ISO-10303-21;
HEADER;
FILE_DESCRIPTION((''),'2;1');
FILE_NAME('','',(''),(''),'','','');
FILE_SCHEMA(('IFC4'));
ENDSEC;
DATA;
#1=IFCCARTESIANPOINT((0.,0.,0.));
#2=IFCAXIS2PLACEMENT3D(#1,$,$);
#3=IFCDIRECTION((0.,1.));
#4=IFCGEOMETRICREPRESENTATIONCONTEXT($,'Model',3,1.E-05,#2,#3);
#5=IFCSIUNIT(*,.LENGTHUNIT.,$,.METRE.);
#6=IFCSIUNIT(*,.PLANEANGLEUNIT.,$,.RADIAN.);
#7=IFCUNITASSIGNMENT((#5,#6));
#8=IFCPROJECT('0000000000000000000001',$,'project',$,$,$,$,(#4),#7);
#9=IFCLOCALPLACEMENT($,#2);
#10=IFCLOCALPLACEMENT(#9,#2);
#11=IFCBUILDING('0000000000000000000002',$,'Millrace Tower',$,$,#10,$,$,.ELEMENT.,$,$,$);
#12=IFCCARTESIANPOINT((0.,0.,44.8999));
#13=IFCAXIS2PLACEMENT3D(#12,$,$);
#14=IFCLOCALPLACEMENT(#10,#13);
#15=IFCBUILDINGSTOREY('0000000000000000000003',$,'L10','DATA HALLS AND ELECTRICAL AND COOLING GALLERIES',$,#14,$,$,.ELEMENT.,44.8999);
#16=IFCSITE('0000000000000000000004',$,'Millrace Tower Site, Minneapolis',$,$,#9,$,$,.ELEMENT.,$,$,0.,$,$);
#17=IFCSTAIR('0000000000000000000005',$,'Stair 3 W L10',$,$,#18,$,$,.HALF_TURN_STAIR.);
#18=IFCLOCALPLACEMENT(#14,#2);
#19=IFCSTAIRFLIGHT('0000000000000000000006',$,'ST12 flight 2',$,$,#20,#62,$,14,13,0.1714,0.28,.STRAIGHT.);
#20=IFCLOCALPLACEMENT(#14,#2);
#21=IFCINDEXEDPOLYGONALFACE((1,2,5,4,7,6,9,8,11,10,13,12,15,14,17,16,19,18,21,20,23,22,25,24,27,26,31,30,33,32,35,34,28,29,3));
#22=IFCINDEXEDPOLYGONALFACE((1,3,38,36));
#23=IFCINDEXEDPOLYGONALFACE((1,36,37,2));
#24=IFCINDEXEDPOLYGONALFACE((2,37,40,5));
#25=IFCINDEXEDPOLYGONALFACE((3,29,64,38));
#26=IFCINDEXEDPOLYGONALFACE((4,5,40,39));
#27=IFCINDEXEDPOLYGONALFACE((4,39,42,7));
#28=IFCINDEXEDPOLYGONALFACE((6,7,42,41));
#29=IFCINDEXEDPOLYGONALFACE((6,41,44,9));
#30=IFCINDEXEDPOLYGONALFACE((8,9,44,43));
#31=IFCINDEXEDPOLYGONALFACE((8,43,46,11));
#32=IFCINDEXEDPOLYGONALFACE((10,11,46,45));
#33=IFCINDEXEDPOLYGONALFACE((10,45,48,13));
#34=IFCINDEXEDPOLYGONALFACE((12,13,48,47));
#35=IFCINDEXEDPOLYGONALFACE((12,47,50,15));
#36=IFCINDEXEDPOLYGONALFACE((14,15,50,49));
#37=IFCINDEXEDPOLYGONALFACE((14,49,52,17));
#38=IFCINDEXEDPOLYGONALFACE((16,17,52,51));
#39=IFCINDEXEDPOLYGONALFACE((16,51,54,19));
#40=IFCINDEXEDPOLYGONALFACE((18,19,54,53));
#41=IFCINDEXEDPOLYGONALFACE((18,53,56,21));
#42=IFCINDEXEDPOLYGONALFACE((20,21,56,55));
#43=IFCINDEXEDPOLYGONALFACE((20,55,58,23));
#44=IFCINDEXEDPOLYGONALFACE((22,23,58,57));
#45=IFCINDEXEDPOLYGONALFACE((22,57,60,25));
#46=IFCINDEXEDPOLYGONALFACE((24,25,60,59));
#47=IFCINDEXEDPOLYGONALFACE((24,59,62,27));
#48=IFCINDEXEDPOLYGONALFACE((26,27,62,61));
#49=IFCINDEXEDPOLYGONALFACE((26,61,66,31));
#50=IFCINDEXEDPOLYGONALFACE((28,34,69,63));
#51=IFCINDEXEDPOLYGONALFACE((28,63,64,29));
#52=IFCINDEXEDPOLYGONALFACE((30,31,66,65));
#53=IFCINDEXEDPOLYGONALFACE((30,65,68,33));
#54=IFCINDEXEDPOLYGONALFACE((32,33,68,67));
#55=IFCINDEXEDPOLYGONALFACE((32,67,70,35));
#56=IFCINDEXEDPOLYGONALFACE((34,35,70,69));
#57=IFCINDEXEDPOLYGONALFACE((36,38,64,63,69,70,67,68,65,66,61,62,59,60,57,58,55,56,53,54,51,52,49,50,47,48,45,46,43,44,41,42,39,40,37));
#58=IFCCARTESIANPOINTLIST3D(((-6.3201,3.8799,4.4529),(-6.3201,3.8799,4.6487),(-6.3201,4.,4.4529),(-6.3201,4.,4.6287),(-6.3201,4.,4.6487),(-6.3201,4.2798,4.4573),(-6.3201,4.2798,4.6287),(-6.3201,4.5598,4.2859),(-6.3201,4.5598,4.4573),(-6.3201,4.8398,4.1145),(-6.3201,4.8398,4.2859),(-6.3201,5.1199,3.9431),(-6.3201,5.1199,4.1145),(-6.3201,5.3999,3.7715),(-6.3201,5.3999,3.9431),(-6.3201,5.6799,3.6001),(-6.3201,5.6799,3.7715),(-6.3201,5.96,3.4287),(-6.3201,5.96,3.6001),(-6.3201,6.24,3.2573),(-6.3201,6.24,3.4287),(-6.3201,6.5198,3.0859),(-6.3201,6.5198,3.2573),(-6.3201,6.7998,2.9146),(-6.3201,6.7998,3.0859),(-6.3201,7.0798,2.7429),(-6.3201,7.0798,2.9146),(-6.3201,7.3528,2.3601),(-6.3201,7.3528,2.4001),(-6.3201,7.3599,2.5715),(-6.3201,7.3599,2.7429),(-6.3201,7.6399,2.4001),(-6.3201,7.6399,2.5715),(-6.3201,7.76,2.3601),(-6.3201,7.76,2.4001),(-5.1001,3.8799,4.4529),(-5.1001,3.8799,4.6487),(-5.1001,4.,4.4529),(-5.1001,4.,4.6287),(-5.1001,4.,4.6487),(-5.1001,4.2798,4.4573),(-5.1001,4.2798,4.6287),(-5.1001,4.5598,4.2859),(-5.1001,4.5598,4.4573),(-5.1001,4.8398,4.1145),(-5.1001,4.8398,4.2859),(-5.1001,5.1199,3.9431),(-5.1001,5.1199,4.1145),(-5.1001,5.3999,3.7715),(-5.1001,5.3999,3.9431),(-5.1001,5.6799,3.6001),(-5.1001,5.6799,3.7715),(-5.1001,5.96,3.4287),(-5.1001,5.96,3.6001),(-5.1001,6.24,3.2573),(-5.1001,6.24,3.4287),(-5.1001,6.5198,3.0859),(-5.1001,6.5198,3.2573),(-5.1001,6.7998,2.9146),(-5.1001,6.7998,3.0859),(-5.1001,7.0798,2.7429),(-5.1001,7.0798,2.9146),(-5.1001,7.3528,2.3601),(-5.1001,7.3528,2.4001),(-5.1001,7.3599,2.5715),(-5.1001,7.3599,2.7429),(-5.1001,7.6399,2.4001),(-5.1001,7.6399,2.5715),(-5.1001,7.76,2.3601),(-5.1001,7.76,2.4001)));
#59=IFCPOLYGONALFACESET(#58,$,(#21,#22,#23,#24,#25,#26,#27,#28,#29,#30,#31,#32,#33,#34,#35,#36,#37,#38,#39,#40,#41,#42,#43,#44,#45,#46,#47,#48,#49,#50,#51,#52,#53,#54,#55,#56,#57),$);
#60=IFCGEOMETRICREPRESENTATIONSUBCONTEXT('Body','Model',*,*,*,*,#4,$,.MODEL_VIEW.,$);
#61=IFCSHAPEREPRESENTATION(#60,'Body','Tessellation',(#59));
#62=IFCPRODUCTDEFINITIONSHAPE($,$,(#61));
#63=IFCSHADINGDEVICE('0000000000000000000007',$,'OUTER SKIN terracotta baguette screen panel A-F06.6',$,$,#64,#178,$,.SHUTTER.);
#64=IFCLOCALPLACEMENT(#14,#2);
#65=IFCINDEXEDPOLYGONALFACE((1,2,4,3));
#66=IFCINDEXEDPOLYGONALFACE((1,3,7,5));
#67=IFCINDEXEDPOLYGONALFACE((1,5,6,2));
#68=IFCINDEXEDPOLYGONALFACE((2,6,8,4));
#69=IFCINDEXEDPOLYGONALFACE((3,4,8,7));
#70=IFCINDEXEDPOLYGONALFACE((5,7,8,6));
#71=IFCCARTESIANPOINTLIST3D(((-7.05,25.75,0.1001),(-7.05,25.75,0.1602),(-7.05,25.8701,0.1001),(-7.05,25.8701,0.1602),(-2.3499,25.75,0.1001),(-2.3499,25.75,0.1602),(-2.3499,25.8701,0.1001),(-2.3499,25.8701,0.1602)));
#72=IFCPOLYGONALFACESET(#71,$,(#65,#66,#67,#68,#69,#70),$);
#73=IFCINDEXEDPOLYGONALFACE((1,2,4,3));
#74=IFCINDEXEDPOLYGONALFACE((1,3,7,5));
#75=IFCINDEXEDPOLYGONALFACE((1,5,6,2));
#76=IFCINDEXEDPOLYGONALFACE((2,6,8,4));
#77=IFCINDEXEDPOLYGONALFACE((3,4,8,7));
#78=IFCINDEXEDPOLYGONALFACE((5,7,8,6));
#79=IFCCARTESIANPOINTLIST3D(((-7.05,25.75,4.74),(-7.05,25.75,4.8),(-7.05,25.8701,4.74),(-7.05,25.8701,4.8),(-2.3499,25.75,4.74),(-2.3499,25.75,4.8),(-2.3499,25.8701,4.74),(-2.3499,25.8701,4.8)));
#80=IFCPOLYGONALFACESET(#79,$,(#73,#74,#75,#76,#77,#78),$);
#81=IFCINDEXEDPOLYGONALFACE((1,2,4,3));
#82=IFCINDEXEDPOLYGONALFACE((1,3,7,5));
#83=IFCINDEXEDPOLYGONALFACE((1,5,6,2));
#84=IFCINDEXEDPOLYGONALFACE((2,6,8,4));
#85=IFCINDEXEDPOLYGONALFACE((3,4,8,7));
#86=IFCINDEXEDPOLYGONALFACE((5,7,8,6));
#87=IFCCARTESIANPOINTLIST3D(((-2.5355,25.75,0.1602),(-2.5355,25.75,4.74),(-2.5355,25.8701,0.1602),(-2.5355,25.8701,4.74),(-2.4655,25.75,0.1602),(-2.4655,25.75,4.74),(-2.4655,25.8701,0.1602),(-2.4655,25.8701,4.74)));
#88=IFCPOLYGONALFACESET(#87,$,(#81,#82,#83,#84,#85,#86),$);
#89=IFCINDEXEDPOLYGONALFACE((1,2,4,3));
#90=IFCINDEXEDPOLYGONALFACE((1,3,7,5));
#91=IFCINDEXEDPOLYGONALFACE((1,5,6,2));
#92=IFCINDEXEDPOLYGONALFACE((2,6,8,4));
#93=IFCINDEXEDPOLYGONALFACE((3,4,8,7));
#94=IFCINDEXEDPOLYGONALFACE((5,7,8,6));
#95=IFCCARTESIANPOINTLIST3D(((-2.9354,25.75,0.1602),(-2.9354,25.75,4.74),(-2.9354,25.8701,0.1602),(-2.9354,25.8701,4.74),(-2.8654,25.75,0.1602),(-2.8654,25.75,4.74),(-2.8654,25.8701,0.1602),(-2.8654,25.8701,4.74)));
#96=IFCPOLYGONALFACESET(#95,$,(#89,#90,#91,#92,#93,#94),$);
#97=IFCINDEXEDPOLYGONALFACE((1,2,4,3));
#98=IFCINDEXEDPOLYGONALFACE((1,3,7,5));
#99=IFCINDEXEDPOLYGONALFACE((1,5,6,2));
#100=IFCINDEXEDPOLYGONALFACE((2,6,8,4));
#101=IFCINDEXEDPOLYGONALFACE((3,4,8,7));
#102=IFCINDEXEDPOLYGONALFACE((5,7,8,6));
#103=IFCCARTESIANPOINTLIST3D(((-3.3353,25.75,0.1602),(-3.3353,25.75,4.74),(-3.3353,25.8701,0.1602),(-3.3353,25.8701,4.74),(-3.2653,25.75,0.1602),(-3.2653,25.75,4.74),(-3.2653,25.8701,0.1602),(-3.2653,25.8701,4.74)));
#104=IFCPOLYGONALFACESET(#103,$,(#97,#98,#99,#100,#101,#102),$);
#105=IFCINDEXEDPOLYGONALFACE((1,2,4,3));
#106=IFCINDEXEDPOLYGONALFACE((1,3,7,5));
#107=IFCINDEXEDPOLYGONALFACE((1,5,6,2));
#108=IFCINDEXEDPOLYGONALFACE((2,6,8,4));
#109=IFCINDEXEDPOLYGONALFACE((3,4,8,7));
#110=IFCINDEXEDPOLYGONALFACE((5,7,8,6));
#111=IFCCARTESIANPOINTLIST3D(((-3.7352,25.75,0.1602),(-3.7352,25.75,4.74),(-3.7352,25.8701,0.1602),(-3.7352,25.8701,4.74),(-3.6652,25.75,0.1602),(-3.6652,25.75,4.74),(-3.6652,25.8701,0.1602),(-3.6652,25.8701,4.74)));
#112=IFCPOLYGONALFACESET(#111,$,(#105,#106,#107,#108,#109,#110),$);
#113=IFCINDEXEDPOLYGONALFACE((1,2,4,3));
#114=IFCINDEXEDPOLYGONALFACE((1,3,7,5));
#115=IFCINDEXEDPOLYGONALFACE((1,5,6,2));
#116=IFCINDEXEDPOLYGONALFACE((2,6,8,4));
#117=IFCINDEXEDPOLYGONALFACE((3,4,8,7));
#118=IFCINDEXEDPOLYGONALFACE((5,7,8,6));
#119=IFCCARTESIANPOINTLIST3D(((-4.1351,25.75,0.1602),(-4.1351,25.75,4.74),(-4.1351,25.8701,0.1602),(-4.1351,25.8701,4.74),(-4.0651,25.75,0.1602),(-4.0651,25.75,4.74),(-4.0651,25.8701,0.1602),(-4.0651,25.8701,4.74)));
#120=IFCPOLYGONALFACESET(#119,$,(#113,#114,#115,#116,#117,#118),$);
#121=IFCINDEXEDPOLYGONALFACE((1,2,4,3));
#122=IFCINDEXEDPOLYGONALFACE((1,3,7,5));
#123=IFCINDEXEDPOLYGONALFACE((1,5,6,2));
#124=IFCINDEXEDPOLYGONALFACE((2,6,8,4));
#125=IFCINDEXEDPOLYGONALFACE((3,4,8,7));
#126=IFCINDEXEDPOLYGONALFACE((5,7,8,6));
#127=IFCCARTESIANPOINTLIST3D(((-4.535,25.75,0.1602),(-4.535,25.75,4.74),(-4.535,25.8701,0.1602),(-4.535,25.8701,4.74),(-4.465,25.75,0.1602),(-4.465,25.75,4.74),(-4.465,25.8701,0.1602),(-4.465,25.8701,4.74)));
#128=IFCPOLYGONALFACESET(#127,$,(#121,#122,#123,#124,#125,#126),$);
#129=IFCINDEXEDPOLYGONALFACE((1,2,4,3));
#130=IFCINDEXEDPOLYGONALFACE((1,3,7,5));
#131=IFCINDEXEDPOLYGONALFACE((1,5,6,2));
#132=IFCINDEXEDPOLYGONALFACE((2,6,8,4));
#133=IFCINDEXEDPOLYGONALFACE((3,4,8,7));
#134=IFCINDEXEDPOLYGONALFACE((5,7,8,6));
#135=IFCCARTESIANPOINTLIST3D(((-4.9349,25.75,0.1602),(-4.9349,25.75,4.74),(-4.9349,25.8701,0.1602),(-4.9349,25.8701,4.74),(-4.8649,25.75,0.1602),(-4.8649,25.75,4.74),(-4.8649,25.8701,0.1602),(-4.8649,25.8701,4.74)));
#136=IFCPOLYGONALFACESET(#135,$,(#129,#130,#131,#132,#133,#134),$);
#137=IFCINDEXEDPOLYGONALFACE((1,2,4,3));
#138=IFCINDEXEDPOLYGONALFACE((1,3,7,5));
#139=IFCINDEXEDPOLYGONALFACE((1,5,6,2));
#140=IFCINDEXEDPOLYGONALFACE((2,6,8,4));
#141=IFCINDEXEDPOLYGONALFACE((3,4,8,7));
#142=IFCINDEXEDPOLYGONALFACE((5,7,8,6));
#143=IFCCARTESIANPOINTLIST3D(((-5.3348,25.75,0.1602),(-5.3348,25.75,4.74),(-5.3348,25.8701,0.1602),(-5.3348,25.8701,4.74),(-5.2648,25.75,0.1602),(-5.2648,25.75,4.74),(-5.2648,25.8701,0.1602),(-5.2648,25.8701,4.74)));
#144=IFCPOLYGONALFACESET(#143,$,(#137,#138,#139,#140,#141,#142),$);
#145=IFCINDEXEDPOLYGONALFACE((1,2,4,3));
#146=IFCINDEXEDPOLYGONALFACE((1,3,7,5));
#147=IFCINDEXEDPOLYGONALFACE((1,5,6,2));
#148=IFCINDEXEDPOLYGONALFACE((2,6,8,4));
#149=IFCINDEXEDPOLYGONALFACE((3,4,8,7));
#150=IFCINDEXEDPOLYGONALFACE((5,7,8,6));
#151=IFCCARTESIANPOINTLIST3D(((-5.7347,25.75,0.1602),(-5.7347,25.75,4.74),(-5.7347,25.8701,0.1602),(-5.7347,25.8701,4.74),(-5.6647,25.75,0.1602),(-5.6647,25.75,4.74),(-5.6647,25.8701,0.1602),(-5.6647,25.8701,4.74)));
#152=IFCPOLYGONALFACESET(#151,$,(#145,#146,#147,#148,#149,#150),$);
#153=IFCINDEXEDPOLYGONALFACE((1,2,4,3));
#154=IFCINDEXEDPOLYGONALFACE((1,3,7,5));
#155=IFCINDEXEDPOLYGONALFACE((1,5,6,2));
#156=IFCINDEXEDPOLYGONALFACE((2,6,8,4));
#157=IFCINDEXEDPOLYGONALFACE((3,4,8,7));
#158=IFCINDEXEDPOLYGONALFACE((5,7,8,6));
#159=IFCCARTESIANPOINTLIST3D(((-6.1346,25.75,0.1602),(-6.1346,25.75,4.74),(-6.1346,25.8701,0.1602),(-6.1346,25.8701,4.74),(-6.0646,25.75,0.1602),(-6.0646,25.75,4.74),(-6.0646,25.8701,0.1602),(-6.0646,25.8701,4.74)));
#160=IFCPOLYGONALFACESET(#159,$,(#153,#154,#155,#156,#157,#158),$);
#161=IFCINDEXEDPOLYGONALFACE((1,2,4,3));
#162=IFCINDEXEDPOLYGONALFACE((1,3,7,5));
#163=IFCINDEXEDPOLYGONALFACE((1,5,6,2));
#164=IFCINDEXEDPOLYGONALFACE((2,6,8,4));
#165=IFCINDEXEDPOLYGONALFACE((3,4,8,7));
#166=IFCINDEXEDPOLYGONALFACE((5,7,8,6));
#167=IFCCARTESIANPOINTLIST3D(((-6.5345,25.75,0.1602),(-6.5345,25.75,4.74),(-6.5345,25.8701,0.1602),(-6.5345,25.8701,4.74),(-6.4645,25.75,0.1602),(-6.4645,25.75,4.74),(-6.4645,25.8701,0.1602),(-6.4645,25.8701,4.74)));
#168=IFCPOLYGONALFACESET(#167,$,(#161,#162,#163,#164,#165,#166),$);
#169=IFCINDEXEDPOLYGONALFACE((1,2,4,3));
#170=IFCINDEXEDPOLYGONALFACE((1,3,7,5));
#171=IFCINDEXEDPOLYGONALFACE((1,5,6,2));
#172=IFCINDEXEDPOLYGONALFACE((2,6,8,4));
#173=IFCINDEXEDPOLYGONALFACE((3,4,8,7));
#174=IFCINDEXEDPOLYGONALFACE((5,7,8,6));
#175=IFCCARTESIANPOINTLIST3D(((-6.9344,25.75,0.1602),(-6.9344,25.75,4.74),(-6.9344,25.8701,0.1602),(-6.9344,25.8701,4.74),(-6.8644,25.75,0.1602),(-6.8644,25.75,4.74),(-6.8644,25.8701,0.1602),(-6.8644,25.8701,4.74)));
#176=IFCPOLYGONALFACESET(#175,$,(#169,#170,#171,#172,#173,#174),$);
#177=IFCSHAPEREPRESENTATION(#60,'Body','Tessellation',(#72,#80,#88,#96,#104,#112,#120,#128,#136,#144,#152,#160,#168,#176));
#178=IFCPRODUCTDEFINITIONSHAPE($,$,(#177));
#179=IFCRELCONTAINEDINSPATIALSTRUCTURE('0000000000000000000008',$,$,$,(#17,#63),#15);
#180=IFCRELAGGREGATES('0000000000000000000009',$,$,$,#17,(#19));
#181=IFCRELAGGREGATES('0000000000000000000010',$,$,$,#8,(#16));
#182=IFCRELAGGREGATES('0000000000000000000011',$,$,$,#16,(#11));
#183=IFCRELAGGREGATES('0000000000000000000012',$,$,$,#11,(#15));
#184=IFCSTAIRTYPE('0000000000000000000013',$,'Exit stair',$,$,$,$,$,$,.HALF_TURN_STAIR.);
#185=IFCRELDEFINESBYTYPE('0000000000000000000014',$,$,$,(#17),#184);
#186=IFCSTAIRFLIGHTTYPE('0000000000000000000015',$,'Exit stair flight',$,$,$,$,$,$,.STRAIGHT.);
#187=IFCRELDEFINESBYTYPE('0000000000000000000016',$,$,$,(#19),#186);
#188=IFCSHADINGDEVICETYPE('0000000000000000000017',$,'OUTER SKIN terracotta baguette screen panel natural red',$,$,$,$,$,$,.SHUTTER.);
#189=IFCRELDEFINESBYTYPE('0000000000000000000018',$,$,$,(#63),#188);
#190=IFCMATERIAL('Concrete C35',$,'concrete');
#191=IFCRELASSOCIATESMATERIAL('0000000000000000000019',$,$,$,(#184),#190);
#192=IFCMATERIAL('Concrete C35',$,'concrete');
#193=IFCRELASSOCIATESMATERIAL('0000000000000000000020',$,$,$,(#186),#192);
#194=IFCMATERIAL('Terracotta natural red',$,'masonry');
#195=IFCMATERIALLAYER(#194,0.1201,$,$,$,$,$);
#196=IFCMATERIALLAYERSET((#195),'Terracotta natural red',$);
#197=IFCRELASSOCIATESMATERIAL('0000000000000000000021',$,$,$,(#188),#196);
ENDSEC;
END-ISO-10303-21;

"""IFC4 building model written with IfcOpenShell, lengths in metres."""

from ifc_helpers import new_model, entity, si_unit, direction, frame, frame_2d, origin, place, context, subcontext, project, spatial, polyline, rectangle, outline, extrude, source, transform, mapped, material, layer, layer_set, type_object, element, aggregate, save


model = new_model("IFC4")

# Units and contexts
model_context = context("Model", 3, precision=1e-05, world=origin(), true_north=direction((0.0, 1.0)))
body_context = subcontext(model_context, "Body", "Model", "MODEL_VIEW")
ifc_project = project(units=[si_unit("LENGTHUNIT", "METRE"), si_unit("PLANEANGLEUNIT", "RADIAN")], contexts=[model_context])

# Site, building, storey
site_placement = place(None, origin())
site = spatial("IfcSite", under=ifc_project, at=site_placement, Name="Millrace Tower Site, Minneapolis", CompositionType="ELEMENT", RefElevation=0.0)
building_placement = place(site_placement, origin())
building = spatial("IfcBuilding", under=site, at=building_placement, Name="Millrace Tower", CompositionType="ELEMENT")
storey_placement = place(building_placement, frame((0.0, 0.0, 44.8999)))
storey = spatial("IfcBuildingStorey", under=building, at=storey_placement, Name="L10", Description="DATA HALLS AND ELECTRICAL AND COOLING GALLERIES", CompositionType="ELEMENT", Elevation=44.8999)

# Shared definitions
placement = place(storey_placement, origin())

# Stair, stair flight
ifc_material_1 = material(Name="Concrete C35", Category="concrete")
stair_type = type_object("IfcStairType", Name="Exit stair", PredefinedType="HALF_TURN_STAIR", material=ifc_material_1)
ifc_material_2 = material(Name="Concrete C35", Category="concrete")
stair_flight_type = type_object("IfcStairFlightType", Name="Exit stair flight", PredefinedType="STRAIGHT", material=ifc_material_2)
stair_1 = element("IfcStair", 1, at=placement, inside=storey, type_object=stair_type, Name="Stair 3 W L10", PredefinedType="HALF_TURN_STAIR")
stair_flight_1_placement = place(storey_placement, frame((-5.71, 7.6399, 2.4001), z_axis=(0.0, 0.0, 1.0), x_axis=(0.0, -1.0, 0.0)))
stair_flight_1 = element("IfcStairFlight", 2, at=stair_flight_1_placement, type_object=stair_flight_type, Name="ST12 flight 2", NumberOfRisers=14, NumberOfTreads=13, PredefinedType="STRAIGHT", RiserHeight=0.1714, TreadLength=0.28, context=body_context, shape_type="SweptSolid", body=[
    extrude(outline(polyline([(-0.1201, -0.04), (-0.1201, 0.0), (0.0, 0.0), (0.0, 0.1714), (0.28, 0.1714), (0.28, 0.3428), (0.5601, 0.3428), (0.5601, 0.5144), (0.8401, 0.5144), (0.8401, 0.6858), (1.1201, 0.6858), (1.1201, 0.8572), (1.3999, 0.8572), (1.3999, 1.0286), (1.6799, 1.0286), (1.6799, 1.2), (1.96, 1.2), (1.96, 1.3713), (2.24, 1.3713), (2.24, 1.543), (2.52, 1.543), (2.52, 1.7144), (2.8, 1.7144), (2.8, 1.8857), (3.0801, 1.8857), (3.0801, 2.0571), (3.3601, 2.0571), (3.3601, 2.2285), (3.6399, 2.2285), (3.6399, 2.2485), (3.76, 2.2485), (3.76, 2.0527), (3.6399, 2.0527), (0.2871, 0.0), (0.2871, -0.04), (-0.1201, -0.04)])), frame((0.0, 0.6099, 0.0), z_axis=(0.0, -1.0, 0.0), x_axis=(1.0, 0.0, 0.0)), (0.0, 0.0, 1.0), 1.22),
])
aggregate(stair_1, [stair_flight_1])

# Shading device
ifc_material_3 = material(Name="Terracotta natural red", Category="masonry")
ifc_layer_1 = layer(ifc_material_3, 0.1201)
ifc_layer_set_1 = layer_set([ifc_layer_1], Name="Terracotta natural red")
shading_device_type = type_object("IfcShadingDeviceType", Name="OUTER SKIN terracotta baguette screen panel natural red", PredefinedType="SHUTTER", material=ifc_layer_set_1)
cartesian_point = entity("IfcCartesianPoint", [-2.3501, 0.0601])
shared_polyline = entity("IfcPolyline", [cartesian_point, entity("IfcCartesianPoint", [2.3501, 0.0601]), entity("IfcCartesianPoint", [2.3501, -0.0601]), entity("IfcCartesianPoint", [-2.3501, -0.0601]), cartesian_point])
shared_shape = source(origin(), body_context, "Body", "SweptSolid", [
    entity("IfcExtrudedAreaSolid", entity("IfcArbitraryClosedProfileDef", "AREA", None, shared_polyline), entity("IfcAxis2Placement3D", entity("IfcCartesianPoint", [0.0, 0.0, 0.0])), entity("IfcDirection", [0.0, 0.0, 1.0]), 0.0601),
    entity("IfcExtrudedAreaSolid", entity("IfcArbitraryClosedProfileDef", "AREA", None, shared_polyline), entity("IfcAxis2Placement3D", entity("IfcCartesianPoint", [0.0, 0.0, 4.6399])), entity("IfcDirection", [0.0, 0.0, 1.0]), 0.0601),
    extrude(rectangle(XDim=0.0701, YDim=0.1201, at=frame_2d((-2.1995, 0.0))), frame((0.0, 0.0, 0.0601)), (0.0, 0.0, 1.0), 4.5798),
    extrude(rectangle(XDim=0.0701, YDim=0.1201, at=frame_2d((-1.7996, 0.0))), frame((0.0, 0.0, 0.0601)), (0.0, 0.0, 1.0), 4.5798),
    extrude(rectangle(XDim=0.0701, YDim=0.1201, at=frame_2d((-1.3997, 0.0))), frame((0.0, 0.0, 0.0601)), (0.0, 0.0, 1.0), 4.5798),
    extrude(rectangle(XDim=0.0701, YDim=0.1201, at=frame_2d((-0.9998, 0.0))), frame((0.0, 0.0, 0.0601)), (0.0, 0.0, 1.0), 4.5798),
    extrude(rectangle(XDim=0.0701, YDim=0.1201, at=frame_2d((-0.5999, 0.0))), frame((0.0, 0.0, 0.0601)), (0.0, 0.0, 1.0), 4.5798),
    extrude(rectangle(XDim=0.0701, YDim=0.1201, at=frame_2d((-0.2, 0.0))), frame((0.0, 0.0, 0.0601)), (0.0, 0.0, 1.0), 4.5798),
    extrude(rectangle(XDim=0.0701, YDim=0.1201, at=frame_2d((0.2, 0.0))), frame((0.0, 0.0, 0.0601)), (0.0, 0.0, 1.0), 4.5798),
    extrude(rectangle(XDim=0.0701, YDim=0.1201, at=frame_2d((0.5999, 0.0))), frame((0.0, 0.0, 0.0601)), (0.0, 0.0, 1.0), 4.5798),
    extrude(rectangle(XDim=0.0701, YDim=0.1201, at=frame_2d((0.9998, 0.0))), frame((0.0, 0.0, 0.0601)), (0.0, 0.0, 1.0), 4.5798),
    extrude(rectangle(XDim=0.0701, YDim=0.1201, at=frame_2d((1.3997, 0.0))), frame((0.0, 0.0, 0.0601)), (0.0, 0.0, 1.0), 4.5798),
    extrude(rectangle(XDim=0.0701, YDim=0.1201, at=frame_2d((1.7996, 0.0))), frame((0.0, 0.0, 0.0601)), (0.0, 0.0, 1.0), 4.5798),
    extrude(rectangle(XDim=0.0701, YDim=0.1201, at=frame_2d((2.1995, 0.0))), frame((0.0, 0.0, 0.0601)), (0.0, 0.0, 1.0), 4.5798),
])
for number, where, z_axis, x_axis, name in (
    (3, (-4.7, 25.8101, 0.1001), (0.0, 0.0, 1.0), (-1.0, 0.0, 0.0), "OUTER SKIN terracotta baguette screen panel A-F06.6"),
):
    element("IfcShadingDevice", number, at=place(storey_placement, frame(where, z_axis=z_axis, x_axis=x_axis)), inside=storey, type_object=shading_device_type, Name=name, PredefinedType="SHUTTER", context=body_context, shape_type="MappedRepresentation", body=[
        mapped(shared_shape, transform((0.0, 0.0, 0.0), scale=1.0)),
    ])

save(model, "model.ifc")
